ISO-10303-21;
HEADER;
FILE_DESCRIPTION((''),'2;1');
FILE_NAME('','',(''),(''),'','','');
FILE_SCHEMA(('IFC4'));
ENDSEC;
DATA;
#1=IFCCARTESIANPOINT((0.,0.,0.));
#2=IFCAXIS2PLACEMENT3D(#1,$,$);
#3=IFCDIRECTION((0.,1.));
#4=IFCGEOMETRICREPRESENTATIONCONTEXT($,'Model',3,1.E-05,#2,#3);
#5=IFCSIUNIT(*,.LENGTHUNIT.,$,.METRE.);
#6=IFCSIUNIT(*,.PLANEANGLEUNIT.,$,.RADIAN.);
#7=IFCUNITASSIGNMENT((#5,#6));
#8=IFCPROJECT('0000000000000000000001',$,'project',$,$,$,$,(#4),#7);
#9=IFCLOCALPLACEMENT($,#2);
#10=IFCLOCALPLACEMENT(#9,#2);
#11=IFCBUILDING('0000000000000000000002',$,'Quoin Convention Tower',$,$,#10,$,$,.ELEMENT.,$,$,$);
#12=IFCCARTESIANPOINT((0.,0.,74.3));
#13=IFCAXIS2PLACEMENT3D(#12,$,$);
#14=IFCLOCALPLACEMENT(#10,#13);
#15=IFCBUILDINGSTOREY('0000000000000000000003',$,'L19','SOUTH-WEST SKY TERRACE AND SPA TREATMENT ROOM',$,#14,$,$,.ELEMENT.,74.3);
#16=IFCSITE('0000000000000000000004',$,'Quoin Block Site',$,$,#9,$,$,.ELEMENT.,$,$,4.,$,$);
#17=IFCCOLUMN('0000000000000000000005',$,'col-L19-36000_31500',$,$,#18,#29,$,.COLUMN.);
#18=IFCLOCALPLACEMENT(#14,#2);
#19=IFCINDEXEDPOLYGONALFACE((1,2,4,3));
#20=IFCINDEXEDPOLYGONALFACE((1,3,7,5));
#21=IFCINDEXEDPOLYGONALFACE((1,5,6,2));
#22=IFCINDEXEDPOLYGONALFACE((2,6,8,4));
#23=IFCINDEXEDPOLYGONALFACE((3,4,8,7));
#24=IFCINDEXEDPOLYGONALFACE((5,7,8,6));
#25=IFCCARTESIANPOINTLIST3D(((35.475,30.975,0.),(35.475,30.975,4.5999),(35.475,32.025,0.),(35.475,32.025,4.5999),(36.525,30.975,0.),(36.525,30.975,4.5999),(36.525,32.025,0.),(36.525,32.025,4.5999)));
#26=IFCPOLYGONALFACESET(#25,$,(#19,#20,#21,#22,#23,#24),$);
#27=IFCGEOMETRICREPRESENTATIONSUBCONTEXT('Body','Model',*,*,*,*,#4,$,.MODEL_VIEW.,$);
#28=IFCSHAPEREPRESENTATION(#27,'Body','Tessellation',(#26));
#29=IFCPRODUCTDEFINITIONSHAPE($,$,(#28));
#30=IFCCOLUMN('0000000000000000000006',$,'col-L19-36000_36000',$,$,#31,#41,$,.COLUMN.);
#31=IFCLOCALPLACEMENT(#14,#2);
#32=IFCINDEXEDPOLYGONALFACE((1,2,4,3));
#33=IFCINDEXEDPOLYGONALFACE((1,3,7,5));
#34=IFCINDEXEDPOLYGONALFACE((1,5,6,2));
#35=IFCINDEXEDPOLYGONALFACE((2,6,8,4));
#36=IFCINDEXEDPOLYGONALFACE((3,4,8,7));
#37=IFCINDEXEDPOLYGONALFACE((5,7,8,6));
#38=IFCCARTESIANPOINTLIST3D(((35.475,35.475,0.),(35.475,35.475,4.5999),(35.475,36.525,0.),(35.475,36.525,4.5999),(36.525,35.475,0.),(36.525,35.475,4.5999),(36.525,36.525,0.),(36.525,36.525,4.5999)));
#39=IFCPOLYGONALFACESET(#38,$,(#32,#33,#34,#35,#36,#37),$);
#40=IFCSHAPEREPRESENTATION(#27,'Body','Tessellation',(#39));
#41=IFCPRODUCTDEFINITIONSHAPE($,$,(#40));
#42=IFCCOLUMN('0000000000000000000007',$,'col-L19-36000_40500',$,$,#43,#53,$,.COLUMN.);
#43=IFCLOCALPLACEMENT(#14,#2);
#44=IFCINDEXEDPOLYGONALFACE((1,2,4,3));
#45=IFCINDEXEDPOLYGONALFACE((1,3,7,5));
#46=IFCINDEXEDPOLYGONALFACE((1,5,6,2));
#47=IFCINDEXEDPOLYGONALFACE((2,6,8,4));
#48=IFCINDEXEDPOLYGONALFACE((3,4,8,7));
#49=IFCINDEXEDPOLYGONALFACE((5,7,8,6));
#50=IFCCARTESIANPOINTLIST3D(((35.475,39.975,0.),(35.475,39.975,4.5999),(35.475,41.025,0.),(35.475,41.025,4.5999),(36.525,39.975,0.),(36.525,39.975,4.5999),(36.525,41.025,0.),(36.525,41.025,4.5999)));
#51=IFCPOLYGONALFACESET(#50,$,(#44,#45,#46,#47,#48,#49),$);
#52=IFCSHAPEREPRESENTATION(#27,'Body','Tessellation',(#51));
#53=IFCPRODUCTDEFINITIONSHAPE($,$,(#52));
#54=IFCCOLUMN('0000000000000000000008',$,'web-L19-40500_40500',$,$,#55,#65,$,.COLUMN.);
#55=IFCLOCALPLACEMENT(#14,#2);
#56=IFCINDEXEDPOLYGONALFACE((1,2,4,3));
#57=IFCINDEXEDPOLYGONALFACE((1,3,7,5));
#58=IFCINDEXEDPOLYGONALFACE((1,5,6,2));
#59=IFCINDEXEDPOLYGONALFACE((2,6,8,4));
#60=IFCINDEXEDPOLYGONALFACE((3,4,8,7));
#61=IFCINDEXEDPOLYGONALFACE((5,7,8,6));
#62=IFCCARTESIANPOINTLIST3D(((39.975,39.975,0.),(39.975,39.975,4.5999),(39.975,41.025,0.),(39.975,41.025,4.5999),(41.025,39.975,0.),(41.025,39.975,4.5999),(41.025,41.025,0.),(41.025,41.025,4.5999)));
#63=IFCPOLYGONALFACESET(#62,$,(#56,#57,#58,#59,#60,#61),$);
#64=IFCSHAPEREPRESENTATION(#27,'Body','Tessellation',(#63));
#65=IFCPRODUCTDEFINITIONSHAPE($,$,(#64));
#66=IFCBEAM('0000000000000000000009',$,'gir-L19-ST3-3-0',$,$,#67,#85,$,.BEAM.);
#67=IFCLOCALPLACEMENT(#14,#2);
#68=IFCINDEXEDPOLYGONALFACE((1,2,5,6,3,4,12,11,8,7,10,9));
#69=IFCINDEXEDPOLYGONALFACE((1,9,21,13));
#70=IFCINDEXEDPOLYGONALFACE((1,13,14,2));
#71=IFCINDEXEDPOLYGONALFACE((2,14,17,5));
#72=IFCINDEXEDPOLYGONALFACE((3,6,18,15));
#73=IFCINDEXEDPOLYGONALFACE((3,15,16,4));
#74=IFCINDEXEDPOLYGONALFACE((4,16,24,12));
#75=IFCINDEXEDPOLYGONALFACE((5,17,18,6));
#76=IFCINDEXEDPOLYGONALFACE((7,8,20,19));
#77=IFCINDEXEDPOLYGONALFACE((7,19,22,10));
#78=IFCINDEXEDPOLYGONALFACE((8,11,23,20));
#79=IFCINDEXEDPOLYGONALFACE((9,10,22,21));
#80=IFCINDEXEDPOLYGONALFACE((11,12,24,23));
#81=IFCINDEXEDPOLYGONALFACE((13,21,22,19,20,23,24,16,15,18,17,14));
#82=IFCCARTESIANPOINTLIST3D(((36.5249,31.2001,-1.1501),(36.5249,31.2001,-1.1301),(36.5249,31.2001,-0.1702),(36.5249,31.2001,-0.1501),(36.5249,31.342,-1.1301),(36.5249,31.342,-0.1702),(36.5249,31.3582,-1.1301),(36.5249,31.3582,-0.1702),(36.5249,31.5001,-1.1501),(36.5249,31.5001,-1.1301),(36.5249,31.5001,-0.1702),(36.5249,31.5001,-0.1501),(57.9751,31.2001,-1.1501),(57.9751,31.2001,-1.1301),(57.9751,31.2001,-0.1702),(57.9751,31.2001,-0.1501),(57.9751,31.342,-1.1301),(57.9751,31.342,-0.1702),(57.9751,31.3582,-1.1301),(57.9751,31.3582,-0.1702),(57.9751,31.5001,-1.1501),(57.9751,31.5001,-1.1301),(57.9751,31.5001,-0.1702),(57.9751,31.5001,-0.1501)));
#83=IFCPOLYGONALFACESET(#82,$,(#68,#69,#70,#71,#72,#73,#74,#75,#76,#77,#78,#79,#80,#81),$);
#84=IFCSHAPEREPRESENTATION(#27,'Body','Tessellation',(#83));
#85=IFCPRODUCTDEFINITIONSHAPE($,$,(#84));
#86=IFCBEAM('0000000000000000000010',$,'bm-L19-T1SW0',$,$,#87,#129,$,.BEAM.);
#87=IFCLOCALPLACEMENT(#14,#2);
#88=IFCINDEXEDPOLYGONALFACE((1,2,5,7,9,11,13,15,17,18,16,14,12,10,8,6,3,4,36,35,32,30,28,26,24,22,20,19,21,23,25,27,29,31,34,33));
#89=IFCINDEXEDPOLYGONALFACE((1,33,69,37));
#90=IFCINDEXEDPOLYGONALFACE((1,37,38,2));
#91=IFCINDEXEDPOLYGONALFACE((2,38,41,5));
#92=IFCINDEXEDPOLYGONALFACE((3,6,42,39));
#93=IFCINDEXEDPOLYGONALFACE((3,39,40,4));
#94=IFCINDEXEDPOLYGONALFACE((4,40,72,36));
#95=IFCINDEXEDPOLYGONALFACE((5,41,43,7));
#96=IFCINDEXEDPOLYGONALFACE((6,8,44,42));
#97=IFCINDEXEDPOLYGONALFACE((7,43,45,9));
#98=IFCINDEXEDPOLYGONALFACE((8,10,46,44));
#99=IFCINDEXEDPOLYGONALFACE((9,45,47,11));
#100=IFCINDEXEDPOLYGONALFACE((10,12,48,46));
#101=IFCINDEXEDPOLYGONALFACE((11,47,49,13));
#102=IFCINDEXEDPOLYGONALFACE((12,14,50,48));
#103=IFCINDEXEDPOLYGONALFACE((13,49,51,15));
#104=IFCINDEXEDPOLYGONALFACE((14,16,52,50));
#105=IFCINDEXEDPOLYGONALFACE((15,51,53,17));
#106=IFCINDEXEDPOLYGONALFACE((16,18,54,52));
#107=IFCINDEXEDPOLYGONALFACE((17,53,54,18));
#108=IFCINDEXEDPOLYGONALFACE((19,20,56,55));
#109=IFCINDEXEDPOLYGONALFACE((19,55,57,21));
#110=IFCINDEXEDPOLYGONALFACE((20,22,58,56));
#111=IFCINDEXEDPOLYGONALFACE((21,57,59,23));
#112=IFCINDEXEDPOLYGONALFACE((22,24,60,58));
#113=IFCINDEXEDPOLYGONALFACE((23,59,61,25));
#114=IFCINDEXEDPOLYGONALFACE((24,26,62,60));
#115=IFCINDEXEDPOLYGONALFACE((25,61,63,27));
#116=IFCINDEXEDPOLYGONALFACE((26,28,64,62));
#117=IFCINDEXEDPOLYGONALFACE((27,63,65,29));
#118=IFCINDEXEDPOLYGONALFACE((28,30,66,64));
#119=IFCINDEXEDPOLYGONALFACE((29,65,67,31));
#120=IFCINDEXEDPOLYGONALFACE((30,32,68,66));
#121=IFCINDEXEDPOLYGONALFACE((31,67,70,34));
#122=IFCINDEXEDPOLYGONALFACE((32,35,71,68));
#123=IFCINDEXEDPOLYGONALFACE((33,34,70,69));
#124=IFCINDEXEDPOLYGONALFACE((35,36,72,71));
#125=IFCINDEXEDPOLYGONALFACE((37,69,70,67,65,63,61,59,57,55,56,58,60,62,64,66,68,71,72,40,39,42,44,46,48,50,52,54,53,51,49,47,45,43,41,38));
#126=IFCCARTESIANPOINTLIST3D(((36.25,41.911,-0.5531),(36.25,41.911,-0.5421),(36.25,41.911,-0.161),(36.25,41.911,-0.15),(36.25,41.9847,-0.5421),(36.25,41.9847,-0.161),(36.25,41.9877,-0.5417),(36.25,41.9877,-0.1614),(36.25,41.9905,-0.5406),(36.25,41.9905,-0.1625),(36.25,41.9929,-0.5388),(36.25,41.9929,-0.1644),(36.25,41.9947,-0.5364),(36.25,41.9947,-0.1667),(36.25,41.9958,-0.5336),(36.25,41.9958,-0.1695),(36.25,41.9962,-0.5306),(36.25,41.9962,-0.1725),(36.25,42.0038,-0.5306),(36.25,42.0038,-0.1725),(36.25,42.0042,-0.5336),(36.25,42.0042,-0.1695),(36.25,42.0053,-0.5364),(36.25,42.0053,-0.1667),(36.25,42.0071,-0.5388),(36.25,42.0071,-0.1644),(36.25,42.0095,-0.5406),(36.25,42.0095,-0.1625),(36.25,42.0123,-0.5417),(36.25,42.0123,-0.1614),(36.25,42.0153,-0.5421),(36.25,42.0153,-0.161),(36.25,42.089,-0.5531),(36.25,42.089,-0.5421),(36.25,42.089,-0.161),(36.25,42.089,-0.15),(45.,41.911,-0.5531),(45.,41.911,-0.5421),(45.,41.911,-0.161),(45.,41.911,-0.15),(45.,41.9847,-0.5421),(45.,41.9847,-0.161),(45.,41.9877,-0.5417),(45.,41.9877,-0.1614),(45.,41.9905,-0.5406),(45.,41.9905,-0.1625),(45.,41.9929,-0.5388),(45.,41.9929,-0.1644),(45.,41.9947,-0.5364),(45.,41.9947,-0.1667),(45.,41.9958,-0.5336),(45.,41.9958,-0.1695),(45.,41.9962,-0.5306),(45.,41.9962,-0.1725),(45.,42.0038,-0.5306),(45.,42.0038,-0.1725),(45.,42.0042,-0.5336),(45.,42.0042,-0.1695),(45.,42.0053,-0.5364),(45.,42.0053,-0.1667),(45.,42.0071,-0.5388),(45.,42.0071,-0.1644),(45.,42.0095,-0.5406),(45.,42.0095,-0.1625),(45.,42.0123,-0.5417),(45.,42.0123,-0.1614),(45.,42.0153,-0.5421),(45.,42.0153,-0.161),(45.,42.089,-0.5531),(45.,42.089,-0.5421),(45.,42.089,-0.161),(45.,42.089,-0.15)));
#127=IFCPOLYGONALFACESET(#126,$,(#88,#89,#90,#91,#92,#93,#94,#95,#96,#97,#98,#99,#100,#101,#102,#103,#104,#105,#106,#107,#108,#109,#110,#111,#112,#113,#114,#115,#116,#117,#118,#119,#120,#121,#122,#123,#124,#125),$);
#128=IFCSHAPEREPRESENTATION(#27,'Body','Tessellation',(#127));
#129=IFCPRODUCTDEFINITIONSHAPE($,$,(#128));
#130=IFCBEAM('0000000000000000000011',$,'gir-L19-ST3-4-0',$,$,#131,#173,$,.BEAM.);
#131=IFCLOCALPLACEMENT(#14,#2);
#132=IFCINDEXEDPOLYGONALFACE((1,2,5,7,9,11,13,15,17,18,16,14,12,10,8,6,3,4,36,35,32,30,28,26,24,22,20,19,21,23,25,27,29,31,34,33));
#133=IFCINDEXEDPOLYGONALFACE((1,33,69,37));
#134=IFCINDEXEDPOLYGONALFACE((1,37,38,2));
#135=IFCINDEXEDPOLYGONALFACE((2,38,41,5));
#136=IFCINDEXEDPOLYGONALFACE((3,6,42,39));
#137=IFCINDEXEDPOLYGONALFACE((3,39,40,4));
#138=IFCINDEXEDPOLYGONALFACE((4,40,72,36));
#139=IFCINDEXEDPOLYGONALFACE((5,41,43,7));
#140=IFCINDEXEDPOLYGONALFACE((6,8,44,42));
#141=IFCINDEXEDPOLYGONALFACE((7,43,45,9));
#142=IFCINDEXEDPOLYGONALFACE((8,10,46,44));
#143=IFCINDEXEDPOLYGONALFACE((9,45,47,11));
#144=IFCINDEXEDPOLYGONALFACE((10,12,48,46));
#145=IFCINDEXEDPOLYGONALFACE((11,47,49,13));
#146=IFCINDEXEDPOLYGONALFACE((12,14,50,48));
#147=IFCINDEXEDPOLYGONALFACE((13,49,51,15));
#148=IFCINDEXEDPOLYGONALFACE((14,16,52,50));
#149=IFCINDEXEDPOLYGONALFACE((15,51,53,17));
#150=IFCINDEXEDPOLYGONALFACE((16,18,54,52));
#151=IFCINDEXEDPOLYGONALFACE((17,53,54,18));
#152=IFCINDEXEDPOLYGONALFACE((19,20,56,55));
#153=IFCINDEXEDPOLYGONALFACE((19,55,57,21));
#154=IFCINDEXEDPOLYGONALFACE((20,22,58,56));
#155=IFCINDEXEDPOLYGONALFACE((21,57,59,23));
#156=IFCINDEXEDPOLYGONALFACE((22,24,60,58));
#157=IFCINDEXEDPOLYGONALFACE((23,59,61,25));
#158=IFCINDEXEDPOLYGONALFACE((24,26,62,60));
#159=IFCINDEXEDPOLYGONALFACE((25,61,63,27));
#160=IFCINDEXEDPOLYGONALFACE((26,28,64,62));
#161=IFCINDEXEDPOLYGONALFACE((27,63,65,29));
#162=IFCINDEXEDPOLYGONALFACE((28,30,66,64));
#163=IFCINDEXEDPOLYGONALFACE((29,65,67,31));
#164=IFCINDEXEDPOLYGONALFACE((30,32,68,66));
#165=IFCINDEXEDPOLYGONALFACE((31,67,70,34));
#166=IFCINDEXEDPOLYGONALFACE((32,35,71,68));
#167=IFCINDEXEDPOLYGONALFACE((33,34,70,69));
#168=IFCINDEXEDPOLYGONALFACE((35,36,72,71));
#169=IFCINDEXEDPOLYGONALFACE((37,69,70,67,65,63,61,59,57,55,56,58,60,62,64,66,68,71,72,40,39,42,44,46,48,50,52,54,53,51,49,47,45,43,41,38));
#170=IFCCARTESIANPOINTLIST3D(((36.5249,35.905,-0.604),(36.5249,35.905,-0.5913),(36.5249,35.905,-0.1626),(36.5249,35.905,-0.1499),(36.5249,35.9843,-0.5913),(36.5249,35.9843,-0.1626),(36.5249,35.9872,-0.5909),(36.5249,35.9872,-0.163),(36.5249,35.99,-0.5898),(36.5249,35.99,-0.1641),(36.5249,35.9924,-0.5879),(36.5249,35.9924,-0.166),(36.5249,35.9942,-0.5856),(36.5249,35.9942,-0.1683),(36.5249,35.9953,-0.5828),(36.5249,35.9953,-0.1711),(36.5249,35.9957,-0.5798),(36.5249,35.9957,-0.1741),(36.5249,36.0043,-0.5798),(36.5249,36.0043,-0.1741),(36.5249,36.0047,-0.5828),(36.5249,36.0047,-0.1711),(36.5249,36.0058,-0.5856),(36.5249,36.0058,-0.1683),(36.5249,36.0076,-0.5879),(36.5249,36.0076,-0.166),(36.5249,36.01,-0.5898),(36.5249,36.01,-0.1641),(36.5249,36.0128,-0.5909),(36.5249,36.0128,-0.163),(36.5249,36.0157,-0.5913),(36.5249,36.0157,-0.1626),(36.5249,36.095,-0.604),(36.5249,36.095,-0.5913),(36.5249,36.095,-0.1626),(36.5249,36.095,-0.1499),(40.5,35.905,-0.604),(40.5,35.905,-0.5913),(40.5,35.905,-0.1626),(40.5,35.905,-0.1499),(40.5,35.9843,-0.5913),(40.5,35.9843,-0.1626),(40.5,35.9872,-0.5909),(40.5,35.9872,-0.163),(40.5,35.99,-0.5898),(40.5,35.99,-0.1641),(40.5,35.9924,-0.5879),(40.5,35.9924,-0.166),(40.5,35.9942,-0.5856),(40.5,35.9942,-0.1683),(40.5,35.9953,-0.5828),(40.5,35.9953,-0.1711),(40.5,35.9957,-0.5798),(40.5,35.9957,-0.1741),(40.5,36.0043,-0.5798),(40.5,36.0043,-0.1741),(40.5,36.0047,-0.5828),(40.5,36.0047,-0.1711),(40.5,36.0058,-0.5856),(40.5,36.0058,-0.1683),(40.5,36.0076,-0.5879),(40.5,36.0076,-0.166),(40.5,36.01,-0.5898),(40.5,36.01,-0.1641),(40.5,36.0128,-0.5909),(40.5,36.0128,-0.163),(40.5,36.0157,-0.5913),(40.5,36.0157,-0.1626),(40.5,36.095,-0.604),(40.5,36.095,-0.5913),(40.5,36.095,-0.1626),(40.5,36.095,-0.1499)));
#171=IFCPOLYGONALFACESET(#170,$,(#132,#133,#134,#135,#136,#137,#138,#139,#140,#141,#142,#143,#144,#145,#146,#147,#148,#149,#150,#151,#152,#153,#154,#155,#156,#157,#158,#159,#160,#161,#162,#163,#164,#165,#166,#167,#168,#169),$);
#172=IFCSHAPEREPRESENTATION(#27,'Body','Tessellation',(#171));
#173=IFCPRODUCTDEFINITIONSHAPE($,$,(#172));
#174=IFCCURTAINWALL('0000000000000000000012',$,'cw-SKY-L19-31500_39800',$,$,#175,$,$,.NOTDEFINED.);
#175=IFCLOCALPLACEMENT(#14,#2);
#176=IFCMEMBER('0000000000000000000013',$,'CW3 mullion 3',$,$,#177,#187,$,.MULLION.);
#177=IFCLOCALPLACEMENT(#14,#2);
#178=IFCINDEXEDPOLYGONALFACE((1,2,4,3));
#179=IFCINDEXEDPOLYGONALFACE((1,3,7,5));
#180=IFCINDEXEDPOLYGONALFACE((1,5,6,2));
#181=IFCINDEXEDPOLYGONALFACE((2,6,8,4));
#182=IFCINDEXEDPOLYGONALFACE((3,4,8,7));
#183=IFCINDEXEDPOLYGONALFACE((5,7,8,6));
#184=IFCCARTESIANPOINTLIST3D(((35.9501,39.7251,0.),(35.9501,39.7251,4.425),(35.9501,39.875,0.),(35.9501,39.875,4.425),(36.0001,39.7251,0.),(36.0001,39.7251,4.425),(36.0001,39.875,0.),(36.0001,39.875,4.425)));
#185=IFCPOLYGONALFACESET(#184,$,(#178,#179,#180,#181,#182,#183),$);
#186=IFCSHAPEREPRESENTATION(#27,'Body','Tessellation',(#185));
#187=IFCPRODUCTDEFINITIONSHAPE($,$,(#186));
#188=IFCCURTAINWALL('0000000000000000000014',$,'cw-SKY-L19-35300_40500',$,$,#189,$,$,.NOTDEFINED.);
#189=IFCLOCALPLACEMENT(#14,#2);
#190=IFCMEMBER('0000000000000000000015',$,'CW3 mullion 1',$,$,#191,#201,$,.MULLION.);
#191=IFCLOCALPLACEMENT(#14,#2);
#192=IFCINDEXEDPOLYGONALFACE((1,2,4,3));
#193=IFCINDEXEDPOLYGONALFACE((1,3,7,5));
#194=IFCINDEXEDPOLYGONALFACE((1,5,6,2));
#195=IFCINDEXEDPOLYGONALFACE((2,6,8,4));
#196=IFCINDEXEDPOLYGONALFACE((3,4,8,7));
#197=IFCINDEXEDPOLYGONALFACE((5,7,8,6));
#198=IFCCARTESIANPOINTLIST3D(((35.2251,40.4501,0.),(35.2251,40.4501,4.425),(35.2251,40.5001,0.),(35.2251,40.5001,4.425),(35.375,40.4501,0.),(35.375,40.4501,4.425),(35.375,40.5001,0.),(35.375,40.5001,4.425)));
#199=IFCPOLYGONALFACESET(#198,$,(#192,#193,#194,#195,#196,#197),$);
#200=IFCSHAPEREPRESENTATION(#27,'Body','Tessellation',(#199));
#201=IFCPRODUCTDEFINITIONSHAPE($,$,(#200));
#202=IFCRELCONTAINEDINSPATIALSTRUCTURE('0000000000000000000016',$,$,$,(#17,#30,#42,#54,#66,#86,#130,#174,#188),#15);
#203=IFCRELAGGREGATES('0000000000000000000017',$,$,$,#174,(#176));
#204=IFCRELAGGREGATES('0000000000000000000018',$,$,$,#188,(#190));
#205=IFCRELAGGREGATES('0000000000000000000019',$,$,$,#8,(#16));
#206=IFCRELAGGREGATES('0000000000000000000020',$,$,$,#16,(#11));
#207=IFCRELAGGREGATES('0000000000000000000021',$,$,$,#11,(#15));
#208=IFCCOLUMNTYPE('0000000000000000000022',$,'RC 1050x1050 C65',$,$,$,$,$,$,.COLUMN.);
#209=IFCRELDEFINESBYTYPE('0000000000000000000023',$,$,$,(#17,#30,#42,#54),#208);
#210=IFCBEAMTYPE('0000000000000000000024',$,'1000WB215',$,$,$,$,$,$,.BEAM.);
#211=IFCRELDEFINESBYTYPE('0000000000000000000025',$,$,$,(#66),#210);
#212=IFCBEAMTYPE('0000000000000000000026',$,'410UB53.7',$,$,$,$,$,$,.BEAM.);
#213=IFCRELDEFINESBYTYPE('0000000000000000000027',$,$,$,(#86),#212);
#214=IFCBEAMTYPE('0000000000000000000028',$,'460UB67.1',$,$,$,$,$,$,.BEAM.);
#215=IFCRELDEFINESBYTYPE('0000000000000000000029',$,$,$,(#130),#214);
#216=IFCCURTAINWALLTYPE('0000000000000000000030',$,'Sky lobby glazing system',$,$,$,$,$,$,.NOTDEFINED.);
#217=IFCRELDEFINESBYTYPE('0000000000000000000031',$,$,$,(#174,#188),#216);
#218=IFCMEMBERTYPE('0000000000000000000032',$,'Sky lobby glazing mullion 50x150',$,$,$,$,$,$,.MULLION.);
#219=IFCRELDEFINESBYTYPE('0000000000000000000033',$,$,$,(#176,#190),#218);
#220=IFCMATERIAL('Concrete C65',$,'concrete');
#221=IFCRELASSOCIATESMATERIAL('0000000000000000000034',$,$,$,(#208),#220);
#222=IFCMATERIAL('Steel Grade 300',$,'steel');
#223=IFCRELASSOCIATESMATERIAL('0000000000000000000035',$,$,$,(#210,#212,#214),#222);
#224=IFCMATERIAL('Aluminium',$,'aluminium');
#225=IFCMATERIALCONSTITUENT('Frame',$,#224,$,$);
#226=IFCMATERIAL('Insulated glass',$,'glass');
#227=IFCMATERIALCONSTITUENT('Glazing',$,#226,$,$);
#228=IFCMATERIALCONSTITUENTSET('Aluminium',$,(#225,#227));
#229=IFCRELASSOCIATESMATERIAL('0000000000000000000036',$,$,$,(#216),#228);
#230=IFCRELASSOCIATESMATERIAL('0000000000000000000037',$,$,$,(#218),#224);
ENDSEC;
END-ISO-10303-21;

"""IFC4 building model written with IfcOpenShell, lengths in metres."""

from ifc_helpers import new_model, si_unit, direction, frame, origin, origin_2d, place, context, subcontext, project, spatial, rectangle, i_section, extrude, material, constituent, constituent_set, material_profile, profile_set, type_object, element, aggregate, save


model = new_model("IFC4")

# Units and contexts
model_context = context("Model", 3, precision=1e-05, world=origin(), true_north=direction((0.0, 1.0)))
body_context = subcontext(model_context, "Body", "Model", "MODEL_VIEW")
ifc_project = project(units=[si_unit("LENGTHUNIT", "METRE"), si_unit("PLANEANGLEUNIT", "RADIAN")], contexts=[model_context])

# Site, building, storey
site_placement = place(None, origin())
site = spatial("IfcSite", under=ifc_project, at=site_placement, Name="Quoin Block Site", CompositionType="ELEMENT", RefElevation=4.0)
building_placement = place(site_placement, origin())
building = spatial("IfcBuilding", under=site, at=building_placement, Name="Quoin Convention Tower", CompositionType="ELEMENT")
storey_placement = place(building_placement, frame((0.0, 0.0, 74.3)))
storey = spatial("IfcBuildingStorey", under=building, at=storey_placement, Name="L19", Description="SOUTH-WEST SKY TERRACE AND SPA TREATMENT ROOM", CompositionType="ELEMENT", Elevation=74.3)

# Columns
ifc_material_1 = material(Name="Concrete C65", Category="concrete")
ifc_material_profile_1 = material_profile(ifc_material_1, rectangle(XDim=1.05, YDim=1.05, at=origin_2d()), Name="RC 1050x1050")
ifc_profile_set_1 = profile_set([ifc_material_profile_1], Name="Concrete C65")
column_type = type_object("IfcColumnType", Name="RC 1050x1050 C65", PredefinedType="COLUMN", material=ifc_profile_set_1)
for number, where, z_axis, x_axis, name in (
    (1, (36.0, 31.5, 0.0), (0.0, 0.0, 1.0), (1.0, 0.0, 0.0), "col-L19-36000_31500"),
    (2, (36.0, 36.0, 0.0), (0.0, 0.0, 1.0), (1.0, 0.0, 0.0), "col-L19-36000_36000"),
    (3, (36.0, 40.5, 0.0), (0.0, 0.0, 1.0), (1.0, 0.0, 0.0), "col-L19-36000_40500"),
    (4, (40.5, 40.5, 0.0), (0.0, 0.0, 1.0), (1.0, 0.0, 0.0), "web-L19-40500_40500"),
):
    element("IfcColumn", number, at=place(storey_placement, frame(where, z_axis=z_axis, x_axis=x_axis)), inside=storey, type_object=column_type, Name=name, PredefinedType="COLUMN", context=body_context, shape_type="SweptSolid", body=[
        extrude(rectangle(XDim=1.05, YDim=1.05, at=origin_2d()), origin(), (0.0, 0.0, 1.0), 4.5999),
    ])

# Beams
ifc_material_2 = material(Name="Steel Grade 300", Category="steel")
ifc_material_profile_2 = material_profile(ifc_material_2, i_section(OverallWidth=0.3, OverallDepth=1.0, WebThickness=0.0161, FlangeThickness=0.02, at=origin_2d()), Name="1000WB215")
ifc_profile_set_2 = profile_set([ifc_material_profile_2], Name="Steel Grade 300")
beam_type_1 = type_object("IfcBeamType", Name="1000WB215", PredefinedType="BEAM", material=ifc_profile_set_2)
beam_1_placement = place(storey_placement, frame((36.5249, 31.3501, -0.6501), z_axis=(1.0, 0.0, 0.0), x_axis=(0.0, 1.0, 0.0)))
element("IfcBeam", 5, at=beam_1_placement, inside=storey, type_object=beam_type_1, Name="gir-L19-ST3-3-0", PredefinedType="BEAM", context=body_context, shape_type="SweptSolid", body=[
    extrude(i_section(OverallWidth=0.3, OverallDepth=1.0, WebThickness=0.0161, FlangeThickness=0.02, at=origin_2d()), origin(), (0.0, 0.0, 1.0), 21.4502),
])
ifc_material_profile_3 = material_profile(ifc_material_2, i_section(OverallWidth=0.178, OverallDepth=0.4031, WebThickness=0.0076, FlangeThickness=0.011, FilletRadius=0.0115, at=origin_2d()), Name="410UB53.7")
ifc_profile_set_3 = profile_set([ifc_material_profile_3], Name="Steel Grade 300")
beam_type_2 = type_object("IfcBeamType", Name="410UB53.7", PredefinedType="BEAM", material=ifc_profile_set_3)
beam_2_placement = place(storey_placement, frame((36.25, 42.0, -0.3516), z_axis=(1.0, 0.0, 0.0), x_axis=(0.0, 1.0, 0.0)))
element("IfcBeam", 6, at=beam_2_placement, inside=storey, type_object=beam_type_2, Name="bm-L19-T1SW0", PredefinedType="BEAM", context=body_context, shape_type="SweptSolid", body=[
    extrude(i_section(OverallWidth=0.178, OverallDepth=0.4031, WebThickness=0.0076, FlangeThickness=0.011, FilletRadius=0.0115, at=origin_2d()), origin(), (0.0, 0.0, 1.0), 8.75),
])
ifc_material_profile_4 = material_profile(ifc_material_2, i_section(OverallWidth=0.1899, OverallDepth=0.4541, WebThickness=0.0085, FlangeThickness=0.0127, FilletRadius=0.0115, at=origin_2d()), Name="460UB67.1")
ifc_profile_set_4 = profile_set([ifc_material_profile_4], Name="Steel Grade 300")
beam_type_3 = type_object("IfcBeamType", Name="460UB67.1", PredefinedType="BEAM", material=ifc_profile_set_4)
beam_3_placement = place(storey_placement, frame((36.5249, 36.0, -0.377), z_axis=(1.0, 0.0, 0.0), x_axis=(0.0, 1.0, 0.0)))
element("IfcBeam", 7, at=beam_3_placement, inside=storey, type_object=beam_type_3, Name="gir-L19-ST3-4-0", PredefinedType="BEAM", context=body_context, shape_type="SweptSolid", body=[
    extrude(i_section(OverallWidth=0.1899, OverallDepth=0.4541, WebThickness=0.0085, FlangeThickness=0.0127, FilletRadius=0.0115, at=origin_2d()), origin(), (0.0, 0.0, 1.0), 3.9751),
])

# Curtain wall, member
ifc_material_3 = material(Name="Aluminium", Category="aluminium")
ifc_constituent_1 = constituent(ifc_material_3, Name="Frame")
ifc_material_4 = material(Name="Insulated glass", Category="glass")
ifc_constituent_2 = constituent(ifc_material_4, Name="Glazing")
ifc_constituent_set = constituent_set(constituents=[ifc_constituent_1, ifc_constituent_2], Name="Aluminium")
curtain_wall_type = type_object("IfcCurtainWallType", Name="Sky lobby glazing system", PredefinedType="NOTDEFINED", material=ifc_constituent_set)
curtain_wall_1_placement = place(storey_placement, origin())
curtain_wall_1 = element("IfcCurtainWall", 8, at=curtain_wall_1_placement, inside=storey, type_object=curtain_wall_type, Name="cw-SKY-L19-31500_39800", PredefinedType="NOTDEFINED")
ifc_material_profile_5 = material_profile(ifc_material_3, rectangle(XDim=0.1499, YDim=0.05, at=origin_2d()), Name="Sky lobby glazing mullion 50x150")
ifc_profile_set_5 = profile_set([ifc_material_profile_5], Name="Aluminium")
member_type_1 = type_object("IfcMemberType", Name="Sky lobby glazing mullion 50x150", PredefinedType="MULLION", material=ifc_profile_set_5)
member_1_placement = place(storey_placement, frame((35.9751, 39.8, 0.0), z_axis=(0.0, 0.0, 1.0), x_axis=(0.0, 1.0, 0.0)))
member_1 = element("IfcMember", 9, at=member_1_placement, type_object=member_type_1, Name="CW3 mullion 3", PredefinedType="MULLION", context=body_context, shape_type="SweptSolid", body=[
    extrude(rectangle(XDim=0.1499, YDim=0.05, at=origin_2d()), origin(), (0.0, 0.0, 1.0), 4.425),
])
aggregate(curtain_wall_1, [member_1])

# Curtain wall, member
curtain_wall_2_placement = place(storey_placement, origin())
curtain_wall_2 = element("IfcCurtainWall", 10, at=curtain_wall_2_placement, inside=storey, type_object=curtain_wall_type, Name="cw-SKY-L19-35300_40500", PredefinedType="NOTDEFINED")
member_2_placement = place(storey_placement, frame((35.3, 40.4751, 0.0), z_axis=(0.0, 0.0, 1.0), x_axis=(1.0, 0.0, 0.0)))
member_2 = element("IfcMember", 11, at=member_2_placement, type_object=member_type_1, Name="CW3 mullion 1", PredefinedType="MULLION", context=body_context, shape_type="SweptSolid", body=[
    extrude(rectangle(XDim=0.1499, YDim=0.05, at=origin_2d()), origin(), (0.0, 0.0, 1.0), 4.425),
])
aggregate(curtain_wall_2, [member_2])

save(model, "model.ifc")
